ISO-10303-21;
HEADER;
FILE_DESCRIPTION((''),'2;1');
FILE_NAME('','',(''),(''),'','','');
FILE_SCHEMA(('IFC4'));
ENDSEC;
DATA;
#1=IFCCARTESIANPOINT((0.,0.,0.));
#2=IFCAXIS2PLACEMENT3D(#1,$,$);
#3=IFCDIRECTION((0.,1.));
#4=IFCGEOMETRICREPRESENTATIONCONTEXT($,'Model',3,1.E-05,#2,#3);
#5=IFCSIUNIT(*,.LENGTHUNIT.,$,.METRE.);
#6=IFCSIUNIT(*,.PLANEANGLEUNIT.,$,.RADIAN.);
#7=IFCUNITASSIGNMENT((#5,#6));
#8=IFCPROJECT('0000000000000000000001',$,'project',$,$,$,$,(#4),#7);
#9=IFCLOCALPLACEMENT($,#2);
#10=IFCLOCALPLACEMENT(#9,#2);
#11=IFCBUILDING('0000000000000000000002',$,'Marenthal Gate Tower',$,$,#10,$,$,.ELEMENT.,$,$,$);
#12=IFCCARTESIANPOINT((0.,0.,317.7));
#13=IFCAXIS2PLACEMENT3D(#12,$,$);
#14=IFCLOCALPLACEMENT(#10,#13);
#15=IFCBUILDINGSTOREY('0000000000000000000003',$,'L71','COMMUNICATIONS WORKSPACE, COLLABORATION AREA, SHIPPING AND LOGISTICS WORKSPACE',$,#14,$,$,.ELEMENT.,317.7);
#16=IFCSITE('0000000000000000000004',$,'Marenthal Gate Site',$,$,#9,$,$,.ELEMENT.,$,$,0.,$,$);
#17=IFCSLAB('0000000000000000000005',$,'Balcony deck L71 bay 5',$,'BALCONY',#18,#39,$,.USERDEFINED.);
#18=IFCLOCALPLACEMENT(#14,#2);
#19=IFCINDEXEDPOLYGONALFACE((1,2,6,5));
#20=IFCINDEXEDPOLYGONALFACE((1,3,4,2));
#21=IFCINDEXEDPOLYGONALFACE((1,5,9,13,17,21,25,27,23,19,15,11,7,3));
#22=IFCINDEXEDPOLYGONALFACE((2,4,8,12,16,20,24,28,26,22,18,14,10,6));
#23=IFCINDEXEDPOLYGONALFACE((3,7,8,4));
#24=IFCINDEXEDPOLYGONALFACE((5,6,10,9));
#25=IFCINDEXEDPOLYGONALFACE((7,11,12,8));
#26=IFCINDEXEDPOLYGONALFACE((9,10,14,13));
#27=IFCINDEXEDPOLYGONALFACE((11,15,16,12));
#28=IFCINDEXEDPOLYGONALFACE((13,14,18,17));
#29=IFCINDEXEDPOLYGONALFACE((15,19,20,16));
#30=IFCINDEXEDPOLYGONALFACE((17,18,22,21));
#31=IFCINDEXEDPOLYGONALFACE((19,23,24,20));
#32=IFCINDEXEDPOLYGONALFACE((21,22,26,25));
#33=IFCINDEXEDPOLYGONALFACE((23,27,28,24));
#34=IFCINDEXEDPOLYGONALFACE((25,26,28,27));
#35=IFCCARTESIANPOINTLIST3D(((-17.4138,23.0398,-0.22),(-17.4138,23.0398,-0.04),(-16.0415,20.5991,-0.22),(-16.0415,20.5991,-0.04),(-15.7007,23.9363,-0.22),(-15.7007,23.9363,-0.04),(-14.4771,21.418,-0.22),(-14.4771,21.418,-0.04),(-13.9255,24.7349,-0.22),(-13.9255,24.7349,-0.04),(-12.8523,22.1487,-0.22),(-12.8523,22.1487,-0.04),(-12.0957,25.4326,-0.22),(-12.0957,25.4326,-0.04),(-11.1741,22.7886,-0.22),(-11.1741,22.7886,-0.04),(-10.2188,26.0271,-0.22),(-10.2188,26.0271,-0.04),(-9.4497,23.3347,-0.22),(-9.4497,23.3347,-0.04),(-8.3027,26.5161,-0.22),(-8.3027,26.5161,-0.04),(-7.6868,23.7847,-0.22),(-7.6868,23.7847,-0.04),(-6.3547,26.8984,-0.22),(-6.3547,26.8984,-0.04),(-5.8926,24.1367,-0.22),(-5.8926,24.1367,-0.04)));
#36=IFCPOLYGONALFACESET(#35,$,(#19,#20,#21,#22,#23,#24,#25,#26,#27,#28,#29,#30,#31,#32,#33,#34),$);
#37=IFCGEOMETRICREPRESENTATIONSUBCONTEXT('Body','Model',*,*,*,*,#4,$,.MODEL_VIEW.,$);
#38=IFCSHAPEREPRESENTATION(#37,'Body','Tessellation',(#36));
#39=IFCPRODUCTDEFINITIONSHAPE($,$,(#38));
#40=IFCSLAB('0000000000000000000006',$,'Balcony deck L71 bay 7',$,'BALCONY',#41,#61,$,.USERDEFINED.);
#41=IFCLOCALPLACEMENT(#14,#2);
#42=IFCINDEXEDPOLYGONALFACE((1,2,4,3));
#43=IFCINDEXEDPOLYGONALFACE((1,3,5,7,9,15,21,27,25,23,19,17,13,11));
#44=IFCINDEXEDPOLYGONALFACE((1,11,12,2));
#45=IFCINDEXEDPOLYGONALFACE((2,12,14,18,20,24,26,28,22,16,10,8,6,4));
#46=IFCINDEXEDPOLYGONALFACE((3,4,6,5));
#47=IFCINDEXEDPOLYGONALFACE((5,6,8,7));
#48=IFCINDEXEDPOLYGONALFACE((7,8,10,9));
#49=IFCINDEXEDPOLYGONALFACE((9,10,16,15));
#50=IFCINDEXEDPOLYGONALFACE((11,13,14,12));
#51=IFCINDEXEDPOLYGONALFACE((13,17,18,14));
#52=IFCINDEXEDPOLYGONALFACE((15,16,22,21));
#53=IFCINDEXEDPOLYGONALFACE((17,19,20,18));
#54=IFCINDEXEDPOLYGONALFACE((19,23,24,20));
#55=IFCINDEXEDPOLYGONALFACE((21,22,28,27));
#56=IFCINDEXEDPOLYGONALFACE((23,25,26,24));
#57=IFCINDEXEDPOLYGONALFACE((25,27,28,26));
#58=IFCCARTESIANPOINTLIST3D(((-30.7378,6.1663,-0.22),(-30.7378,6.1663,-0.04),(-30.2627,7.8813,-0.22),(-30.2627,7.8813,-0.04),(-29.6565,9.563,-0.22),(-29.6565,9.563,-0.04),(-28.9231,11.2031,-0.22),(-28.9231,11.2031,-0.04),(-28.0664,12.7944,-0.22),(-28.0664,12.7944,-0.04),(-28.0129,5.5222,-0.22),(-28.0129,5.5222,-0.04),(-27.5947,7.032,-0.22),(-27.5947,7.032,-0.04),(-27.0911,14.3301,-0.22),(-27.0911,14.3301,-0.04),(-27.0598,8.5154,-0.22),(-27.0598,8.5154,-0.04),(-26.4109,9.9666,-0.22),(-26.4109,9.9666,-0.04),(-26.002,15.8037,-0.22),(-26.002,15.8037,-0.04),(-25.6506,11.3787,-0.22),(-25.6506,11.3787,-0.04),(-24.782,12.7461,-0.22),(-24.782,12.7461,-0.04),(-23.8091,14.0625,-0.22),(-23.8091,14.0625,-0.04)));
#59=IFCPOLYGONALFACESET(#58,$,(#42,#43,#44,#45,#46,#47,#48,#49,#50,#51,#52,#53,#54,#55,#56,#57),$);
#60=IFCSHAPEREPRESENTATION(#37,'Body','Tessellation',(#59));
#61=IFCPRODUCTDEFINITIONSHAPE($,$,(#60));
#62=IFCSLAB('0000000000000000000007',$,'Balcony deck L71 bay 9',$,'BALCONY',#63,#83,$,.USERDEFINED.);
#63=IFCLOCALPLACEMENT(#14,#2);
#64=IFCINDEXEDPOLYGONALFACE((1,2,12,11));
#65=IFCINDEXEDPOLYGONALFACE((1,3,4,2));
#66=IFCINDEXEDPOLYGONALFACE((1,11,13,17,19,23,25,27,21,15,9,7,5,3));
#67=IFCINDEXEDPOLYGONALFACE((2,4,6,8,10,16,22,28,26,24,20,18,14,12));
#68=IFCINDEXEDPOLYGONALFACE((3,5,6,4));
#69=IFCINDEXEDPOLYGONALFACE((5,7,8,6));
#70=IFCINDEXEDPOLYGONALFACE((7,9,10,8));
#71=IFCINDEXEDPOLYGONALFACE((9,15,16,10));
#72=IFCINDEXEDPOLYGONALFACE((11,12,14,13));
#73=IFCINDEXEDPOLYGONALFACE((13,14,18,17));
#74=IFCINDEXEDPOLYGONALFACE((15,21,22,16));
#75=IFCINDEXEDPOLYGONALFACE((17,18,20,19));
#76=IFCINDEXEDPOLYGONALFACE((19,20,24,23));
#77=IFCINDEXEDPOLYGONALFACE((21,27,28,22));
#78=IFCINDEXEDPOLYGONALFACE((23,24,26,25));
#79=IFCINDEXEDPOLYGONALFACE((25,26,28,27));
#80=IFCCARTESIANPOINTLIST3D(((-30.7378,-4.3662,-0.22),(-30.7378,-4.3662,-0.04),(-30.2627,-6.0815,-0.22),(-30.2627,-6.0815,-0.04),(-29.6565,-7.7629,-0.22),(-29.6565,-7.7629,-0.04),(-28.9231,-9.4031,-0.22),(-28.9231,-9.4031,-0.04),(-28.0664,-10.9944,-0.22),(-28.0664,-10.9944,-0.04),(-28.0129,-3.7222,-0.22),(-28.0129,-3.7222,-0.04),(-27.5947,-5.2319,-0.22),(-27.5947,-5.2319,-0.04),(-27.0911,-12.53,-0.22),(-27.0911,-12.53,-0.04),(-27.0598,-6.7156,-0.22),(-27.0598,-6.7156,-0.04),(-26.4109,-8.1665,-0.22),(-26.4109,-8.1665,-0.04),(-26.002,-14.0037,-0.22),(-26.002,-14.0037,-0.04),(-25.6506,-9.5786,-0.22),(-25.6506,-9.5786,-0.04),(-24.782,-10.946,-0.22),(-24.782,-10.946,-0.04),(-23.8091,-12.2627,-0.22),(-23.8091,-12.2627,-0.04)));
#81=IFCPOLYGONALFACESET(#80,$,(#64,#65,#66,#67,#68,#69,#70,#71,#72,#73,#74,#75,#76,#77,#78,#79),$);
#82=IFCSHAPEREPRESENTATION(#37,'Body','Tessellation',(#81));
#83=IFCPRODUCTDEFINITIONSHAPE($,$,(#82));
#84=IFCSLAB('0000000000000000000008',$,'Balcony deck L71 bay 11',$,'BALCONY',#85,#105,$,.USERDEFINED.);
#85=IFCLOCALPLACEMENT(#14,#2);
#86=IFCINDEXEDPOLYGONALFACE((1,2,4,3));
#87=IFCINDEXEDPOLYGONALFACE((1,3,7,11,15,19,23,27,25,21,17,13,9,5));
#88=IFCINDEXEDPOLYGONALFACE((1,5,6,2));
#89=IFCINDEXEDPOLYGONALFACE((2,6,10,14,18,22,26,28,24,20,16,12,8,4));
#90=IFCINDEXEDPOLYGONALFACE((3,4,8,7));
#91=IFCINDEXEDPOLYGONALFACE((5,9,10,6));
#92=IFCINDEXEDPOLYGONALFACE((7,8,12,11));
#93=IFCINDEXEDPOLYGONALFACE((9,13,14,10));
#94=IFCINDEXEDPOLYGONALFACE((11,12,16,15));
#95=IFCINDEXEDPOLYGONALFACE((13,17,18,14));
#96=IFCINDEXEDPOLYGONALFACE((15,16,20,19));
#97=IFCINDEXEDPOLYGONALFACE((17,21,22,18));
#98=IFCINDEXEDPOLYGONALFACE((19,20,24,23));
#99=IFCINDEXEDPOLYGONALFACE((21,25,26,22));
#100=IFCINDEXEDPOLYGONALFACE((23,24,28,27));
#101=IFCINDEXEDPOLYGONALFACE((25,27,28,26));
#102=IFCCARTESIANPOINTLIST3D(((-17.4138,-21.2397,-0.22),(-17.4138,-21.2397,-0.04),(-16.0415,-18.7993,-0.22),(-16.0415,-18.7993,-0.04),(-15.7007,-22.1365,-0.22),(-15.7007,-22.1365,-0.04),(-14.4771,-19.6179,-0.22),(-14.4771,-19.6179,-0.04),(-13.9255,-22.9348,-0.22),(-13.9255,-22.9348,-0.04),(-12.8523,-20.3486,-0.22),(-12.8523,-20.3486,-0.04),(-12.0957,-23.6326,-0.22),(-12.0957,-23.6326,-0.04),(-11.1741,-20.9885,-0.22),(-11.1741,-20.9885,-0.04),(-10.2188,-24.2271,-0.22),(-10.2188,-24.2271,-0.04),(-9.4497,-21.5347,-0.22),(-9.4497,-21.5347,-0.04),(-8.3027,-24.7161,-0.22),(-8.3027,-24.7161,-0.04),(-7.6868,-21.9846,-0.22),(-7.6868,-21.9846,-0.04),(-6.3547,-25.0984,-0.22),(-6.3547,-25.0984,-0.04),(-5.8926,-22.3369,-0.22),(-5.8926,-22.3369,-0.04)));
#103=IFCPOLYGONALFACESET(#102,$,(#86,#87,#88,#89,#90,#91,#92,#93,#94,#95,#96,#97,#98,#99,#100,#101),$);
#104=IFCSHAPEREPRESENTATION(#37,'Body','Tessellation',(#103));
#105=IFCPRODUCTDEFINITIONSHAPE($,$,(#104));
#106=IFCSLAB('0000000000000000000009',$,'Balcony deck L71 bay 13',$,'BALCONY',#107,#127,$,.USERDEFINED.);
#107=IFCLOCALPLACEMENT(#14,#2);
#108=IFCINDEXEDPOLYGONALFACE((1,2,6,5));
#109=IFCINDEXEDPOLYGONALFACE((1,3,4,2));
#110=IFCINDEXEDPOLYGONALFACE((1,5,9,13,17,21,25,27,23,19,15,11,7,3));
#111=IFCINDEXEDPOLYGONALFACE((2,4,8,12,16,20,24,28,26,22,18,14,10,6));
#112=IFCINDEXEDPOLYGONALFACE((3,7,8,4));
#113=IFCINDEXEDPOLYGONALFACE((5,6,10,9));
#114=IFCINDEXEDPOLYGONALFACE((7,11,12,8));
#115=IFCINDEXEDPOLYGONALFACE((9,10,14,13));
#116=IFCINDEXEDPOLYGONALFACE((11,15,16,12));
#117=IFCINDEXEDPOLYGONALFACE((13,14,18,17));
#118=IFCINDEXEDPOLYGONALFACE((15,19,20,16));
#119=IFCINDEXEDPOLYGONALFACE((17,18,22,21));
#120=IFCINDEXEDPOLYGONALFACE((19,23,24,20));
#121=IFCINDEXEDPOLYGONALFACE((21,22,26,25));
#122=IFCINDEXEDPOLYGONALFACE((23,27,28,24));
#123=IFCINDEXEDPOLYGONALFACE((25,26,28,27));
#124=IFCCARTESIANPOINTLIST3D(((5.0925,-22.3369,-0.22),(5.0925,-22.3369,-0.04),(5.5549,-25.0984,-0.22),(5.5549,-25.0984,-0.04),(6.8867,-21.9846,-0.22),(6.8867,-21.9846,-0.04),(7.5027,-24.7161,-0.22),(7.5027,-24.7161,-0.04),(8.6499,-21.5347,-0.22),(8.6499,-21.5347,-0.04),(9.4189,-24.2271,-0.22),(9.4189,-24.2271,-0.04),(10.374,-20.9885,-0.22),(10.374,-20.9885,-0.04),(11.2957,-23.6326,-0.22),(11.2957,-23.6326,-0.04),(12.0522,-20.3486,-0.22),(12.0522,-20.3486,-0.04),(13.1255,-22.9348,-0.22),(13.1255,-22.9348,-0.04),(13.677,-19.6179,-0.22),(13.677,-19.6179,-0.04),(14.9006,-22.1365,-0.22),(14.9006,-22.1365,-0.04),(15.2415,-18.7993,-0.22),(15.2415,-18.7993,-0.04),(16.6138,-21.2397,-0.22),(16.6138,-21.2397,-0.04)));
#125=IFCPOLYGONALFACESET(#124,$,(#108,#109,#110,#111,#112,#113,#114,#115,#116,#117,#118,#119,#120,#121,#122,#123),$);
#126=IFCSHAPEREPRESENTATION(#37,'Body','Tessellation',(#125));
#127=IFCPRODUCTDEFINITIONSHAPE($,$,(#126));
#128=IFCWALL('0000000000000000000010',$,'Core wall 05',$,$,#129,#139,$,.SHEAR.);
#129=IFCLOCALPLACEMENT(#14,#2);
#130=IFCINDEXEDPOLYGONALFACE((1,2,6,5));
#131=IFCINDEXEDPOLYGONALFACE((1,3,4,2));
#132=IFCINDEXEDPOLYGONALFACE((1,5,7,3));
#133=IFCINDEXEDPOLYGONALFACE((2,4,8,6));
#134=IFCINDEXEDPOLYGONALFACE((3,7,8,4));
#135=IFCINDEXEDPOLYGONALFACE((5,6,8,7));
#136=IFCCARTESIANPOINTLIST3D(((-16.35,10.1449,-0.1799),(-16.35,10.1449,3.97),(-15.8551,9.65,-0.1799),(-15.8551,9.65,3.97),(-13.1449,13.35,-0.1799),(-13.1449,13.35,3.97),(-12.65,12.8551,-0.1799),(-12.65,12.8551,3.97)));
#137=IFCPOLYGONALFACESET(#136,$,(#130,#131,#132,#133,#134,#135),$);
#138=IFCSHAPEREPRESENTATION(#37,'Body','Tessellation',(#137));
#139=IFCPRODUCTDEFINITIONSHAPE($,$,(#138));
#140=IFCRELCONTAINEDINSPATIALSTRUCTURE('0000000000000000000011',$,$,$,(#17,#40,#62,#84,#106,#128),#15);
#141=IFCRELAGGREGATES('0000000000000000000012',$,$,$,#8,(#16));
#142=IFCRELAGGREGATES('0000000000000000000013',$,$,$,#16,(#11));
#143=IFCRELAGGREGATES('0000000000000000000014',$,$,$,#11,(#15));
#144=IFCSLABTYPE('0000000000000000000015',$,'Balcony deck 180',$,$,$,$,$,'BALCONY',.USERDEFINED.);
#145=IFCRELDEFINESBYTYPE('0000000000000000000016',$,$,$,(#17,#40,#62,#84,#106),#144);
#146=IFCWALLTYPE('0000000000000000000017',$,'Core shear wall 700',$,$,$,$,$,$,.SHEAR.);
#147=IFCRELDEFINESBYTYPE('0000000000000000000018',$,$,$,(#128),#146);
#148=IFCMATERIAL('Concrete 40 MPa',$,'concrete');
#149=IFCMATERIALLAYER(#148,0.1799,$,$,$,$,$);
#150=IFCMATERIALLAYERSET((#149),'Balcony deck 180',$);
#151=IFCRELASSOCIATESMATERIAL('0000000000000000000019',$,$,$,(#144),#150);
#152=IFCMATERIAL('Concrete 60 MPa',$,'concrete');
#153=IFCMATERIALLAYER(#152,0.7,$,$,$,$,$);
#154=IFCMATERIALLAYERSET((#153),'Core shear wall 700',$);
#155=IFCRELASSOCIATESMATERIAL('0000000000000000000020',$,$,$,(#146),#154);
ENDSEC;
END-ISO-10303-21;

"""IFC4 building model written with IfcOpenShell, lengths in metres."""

from ifc_helpers import new_model, si_unit, direction, frame, frame_2d, origin, place, context, subcontext, project, spatial, polyline, rectangle, outline, extrude, material, layer, layer_set, type_object, element, save


model = new_model("IFC4")

# Units and contexts
model_context = context("Model", 3, precision=1e-05, world=origin(), true_north=direction((0.0, 1.0)))
body_context = subcontext(model_context, "Body", "Model", "MODEL_VIEW")
ifc_project = project(units=[si_unit("LENGTHUNIT", "METRE"), si_unit("PLANEANGLEUNIT", "RADIAN")], contexts=[model_context])

# Site, building, storey
site_placement = place(None, origin())
site = spatial("IfcSite", under=ifc_project, at=site_placement, Name="Marenthal Gate Site", CompositionType="ELEMENT", RefElevation=0.0)
building_placement = place(site_placement, origin())
building = spatial("IfcBuilding", under=site, at=building_placement, Name="Marenthal Gate Tower", CompositionType="ELEMENT")
storey_placement = place(building_placement, frame((0.0, 0.0, 317.7)))
storey = spatial("IfcBuildingStorey", under=building, at=storey_placement, Name="L71", Description="COMMUNICATIONS WORKSPACE, COLLABORATION AREA, SHIPPING AND LOGISTICS WORKSPACE", CompositionType="ELEMENT", Elevation=317.7)

# Slabs
ifc_material_1 = material(Name="Concrete 40 MPa", Category="concrete")
ifc_layer_1 = layer(ifc_material_1, 0.1799)
ifc_layer_set_1 = layer_set([ifc_layer_1], Name="Balcony deck 180")
slab_type = type_object("IfcSlabType", Name="Balcony deck 180", ElementType="BALCONY", PredefinedType="USERDEFINED", material=ifc_layer_set_1)
slab_1_placement = place(storey_placement, frame((0.0, 0.0, -0.22)))
element("IfcSlab", 1, at=slab_1_placement, inside=storey, type_object=slab_type, Name="Balcony deck L71 bay 5", ObjectType="BALCONY", PredefinedType="USERDEFINED", context=body_context, shape_type="SweptSolid", body=[
    extrude(outline(polyline([(-5.8926, 24.1367), (-7.6868, 23.7847), (-9.4497, 23.3347), (-11.1741, 22.7886), (-12.8523, 22.1487), (-14.4771, 21.418), (-16.0415, 20.5991), (-17.4138, 23.0398), (-15.7007, 23.9363), (-13.9255, 24.7349), (-12.0957, 25.4326), (-10.2188, 26.0271), (-8.3027, 26.5161), (-6.3547, 26.8984), (-5.8926, 24.1367)])), origin(), (0.0, 0.0, 1.0), 0.1799),
])
slab_2_placement = place(storey_placement, frame((0.0, 0.0, -0.22)))
element("IfcSlab", 2, at=slab_2_placement, inside=storey, type_object=slab_type, Name="Balcony deck L71 bay 7", ObjectType="BALCONY", PredefinedType="USERDEFINED", context=body_context, shape_type="SweptSolid", body=[
    extrude(outline(polyline([(-23.8091, 14.0625), (-24.782, 12.7461), (-25.6506, 11.3787), (-26.4109, 9.9666), (-27.0598, 8.5154), (-27.5947, 7.032), (-28.0129, 5.5222), (-30.7378, 6.1663), (-30.2627, 7.8813), (-29.6565, 9.563), (-28.9231, 11.2031), (-28.0664, 12.7944), (-27.0911, 14.3301), (-26.002, 15.8037), (-23.8091, 14.0625)])), origin(), (0.0, 0.0, 1.0), 0.1799),
])
slab_3_placement = place(storey_placement, frame((0.0, 0.0, -0.22)))
element("IfcSlab", 3, at=slab_3_placement, inside=storey, type_object=slab_type, Name="Balcony deck L71 bay 9", ObjectType="BALCONY", PredefinedType="USERDEFINED", context=body_context, shape_type="SweptSolid", body=[
    extrude(outline(polyline([(-28.0129, -3.7222), (-27.5947, -5.2319), (-27.0598, -6.7156), (-26.4109, -8.1665), (-25.6506, -9.5786), (-24.782, -10.946), (-23.8091, -12.2627), (-26.002, -14.0037), (-27.0911, -12.53), (-28.0664, -10.9944), (-28.9231, -9.4031), (-29.6565, -7.7629), (-30.2627, -6.0815), (-30.7378, -4.3662), (-28.0129, -3.7222)])), origin(), (0.0, 0.0, 1.0), 0.1799),
])
slab_4_placement = place(storey_placement, frame((0.0, 0.0, -0.22)))
element("IfcSlab", 4, at=slab_4_placement, inside=storey, type_object=slab_type, Name="Balcony deck L71 bay 11", ObjectType="BALCONY", PredefinedType="USERDEFINED", context=body_context, shape_type="SweptSolid", body=[
    extrude(outline(polyline([(-16.0415, -18.7993), (-14.4771, -19.6179), (-12.8523, -20.3486), (-11.1741, -20.9885), (-9.4497, -21.5347), (-7.6868, -21.9846), (-5.8926, -22.3369), (-6.3547, -25.0984), (-8.3027, -24.7161), (-10.2188, -24.2271), (-12.0957, -23.6326), (-13.9255, -22.9348), (-15.7007, -22.1365), (-17.4138, -21.2397), (-16.0415, -18.7993)])), origin(), (0.0, 0.0, 1.0), 0.1799),
])
slab_5_placement = place(storey_placement, frame((0.0, 0.0, -0.22)))
element("IfcSlab", 5, at=slab_5_placement, inside=storey, type_object=slab_type, Name="Balcony deck L71 bay 13", ObjectType="BALCONY", PredefinedType="USERDEFINED", context=body_context, shape_type="SweptSolid", body=[
    extrude(outline(polyline([(5.0925, -22.3369), (6.8867, -21.9846), (8.6499, -21.5347), (10.374, -20.9885), (12.0522, -20.3486), (13.677, -19.6179), (15.2415, -18.7993), (16.6138, -21.2397), (14.9006, -22.1365), (13.1255, -22.9348), (11.2957, -23.6326), (9.4189, -24.2271), (7.5027, -24.7161), (5.5549, -25.0984), (5.0925, -22.3369)])), origin(), (0.0, 0.0, 1.0), 0.1799),
])

# Wall
ifc_material_2 = material(Name="Concrete 60 MPa", Category="concrete")
ifc_layer_2 = layer(ifc_material_2, 0.7)
ifc_layer_set_2 = layer_set([ifc_layer_2], Name="Core shear wall 700")
wall_type_1 = type_object("IfcWallType", Name="Core shear wall 700", PredefinedType="SHEAR", material=ifc_layer_set_2)
wall_1_placement = place(storey_placement, frame((-12.8975, 13.1025, -0.1799), z_axis=(0.0, 0.0, 1.0), x_axis=(-0.707107, -0.707107, 0.0)))
element("IfcWall", 6, at=wall_1_placement, inside=storey, type_object=wall_type_1, Name="Core wall 05", PredefinedType="SHEAR", context=body_context, shape_type="SweptSolid", body=[
    extrude(rectangle(XDim=4.5327, YDim=0.7, at=frame_2d((2.2664, 0.0))), origin(), (0.0, 0.0, 1.0), 4.1499),
])

save(model, "model.ifc")
